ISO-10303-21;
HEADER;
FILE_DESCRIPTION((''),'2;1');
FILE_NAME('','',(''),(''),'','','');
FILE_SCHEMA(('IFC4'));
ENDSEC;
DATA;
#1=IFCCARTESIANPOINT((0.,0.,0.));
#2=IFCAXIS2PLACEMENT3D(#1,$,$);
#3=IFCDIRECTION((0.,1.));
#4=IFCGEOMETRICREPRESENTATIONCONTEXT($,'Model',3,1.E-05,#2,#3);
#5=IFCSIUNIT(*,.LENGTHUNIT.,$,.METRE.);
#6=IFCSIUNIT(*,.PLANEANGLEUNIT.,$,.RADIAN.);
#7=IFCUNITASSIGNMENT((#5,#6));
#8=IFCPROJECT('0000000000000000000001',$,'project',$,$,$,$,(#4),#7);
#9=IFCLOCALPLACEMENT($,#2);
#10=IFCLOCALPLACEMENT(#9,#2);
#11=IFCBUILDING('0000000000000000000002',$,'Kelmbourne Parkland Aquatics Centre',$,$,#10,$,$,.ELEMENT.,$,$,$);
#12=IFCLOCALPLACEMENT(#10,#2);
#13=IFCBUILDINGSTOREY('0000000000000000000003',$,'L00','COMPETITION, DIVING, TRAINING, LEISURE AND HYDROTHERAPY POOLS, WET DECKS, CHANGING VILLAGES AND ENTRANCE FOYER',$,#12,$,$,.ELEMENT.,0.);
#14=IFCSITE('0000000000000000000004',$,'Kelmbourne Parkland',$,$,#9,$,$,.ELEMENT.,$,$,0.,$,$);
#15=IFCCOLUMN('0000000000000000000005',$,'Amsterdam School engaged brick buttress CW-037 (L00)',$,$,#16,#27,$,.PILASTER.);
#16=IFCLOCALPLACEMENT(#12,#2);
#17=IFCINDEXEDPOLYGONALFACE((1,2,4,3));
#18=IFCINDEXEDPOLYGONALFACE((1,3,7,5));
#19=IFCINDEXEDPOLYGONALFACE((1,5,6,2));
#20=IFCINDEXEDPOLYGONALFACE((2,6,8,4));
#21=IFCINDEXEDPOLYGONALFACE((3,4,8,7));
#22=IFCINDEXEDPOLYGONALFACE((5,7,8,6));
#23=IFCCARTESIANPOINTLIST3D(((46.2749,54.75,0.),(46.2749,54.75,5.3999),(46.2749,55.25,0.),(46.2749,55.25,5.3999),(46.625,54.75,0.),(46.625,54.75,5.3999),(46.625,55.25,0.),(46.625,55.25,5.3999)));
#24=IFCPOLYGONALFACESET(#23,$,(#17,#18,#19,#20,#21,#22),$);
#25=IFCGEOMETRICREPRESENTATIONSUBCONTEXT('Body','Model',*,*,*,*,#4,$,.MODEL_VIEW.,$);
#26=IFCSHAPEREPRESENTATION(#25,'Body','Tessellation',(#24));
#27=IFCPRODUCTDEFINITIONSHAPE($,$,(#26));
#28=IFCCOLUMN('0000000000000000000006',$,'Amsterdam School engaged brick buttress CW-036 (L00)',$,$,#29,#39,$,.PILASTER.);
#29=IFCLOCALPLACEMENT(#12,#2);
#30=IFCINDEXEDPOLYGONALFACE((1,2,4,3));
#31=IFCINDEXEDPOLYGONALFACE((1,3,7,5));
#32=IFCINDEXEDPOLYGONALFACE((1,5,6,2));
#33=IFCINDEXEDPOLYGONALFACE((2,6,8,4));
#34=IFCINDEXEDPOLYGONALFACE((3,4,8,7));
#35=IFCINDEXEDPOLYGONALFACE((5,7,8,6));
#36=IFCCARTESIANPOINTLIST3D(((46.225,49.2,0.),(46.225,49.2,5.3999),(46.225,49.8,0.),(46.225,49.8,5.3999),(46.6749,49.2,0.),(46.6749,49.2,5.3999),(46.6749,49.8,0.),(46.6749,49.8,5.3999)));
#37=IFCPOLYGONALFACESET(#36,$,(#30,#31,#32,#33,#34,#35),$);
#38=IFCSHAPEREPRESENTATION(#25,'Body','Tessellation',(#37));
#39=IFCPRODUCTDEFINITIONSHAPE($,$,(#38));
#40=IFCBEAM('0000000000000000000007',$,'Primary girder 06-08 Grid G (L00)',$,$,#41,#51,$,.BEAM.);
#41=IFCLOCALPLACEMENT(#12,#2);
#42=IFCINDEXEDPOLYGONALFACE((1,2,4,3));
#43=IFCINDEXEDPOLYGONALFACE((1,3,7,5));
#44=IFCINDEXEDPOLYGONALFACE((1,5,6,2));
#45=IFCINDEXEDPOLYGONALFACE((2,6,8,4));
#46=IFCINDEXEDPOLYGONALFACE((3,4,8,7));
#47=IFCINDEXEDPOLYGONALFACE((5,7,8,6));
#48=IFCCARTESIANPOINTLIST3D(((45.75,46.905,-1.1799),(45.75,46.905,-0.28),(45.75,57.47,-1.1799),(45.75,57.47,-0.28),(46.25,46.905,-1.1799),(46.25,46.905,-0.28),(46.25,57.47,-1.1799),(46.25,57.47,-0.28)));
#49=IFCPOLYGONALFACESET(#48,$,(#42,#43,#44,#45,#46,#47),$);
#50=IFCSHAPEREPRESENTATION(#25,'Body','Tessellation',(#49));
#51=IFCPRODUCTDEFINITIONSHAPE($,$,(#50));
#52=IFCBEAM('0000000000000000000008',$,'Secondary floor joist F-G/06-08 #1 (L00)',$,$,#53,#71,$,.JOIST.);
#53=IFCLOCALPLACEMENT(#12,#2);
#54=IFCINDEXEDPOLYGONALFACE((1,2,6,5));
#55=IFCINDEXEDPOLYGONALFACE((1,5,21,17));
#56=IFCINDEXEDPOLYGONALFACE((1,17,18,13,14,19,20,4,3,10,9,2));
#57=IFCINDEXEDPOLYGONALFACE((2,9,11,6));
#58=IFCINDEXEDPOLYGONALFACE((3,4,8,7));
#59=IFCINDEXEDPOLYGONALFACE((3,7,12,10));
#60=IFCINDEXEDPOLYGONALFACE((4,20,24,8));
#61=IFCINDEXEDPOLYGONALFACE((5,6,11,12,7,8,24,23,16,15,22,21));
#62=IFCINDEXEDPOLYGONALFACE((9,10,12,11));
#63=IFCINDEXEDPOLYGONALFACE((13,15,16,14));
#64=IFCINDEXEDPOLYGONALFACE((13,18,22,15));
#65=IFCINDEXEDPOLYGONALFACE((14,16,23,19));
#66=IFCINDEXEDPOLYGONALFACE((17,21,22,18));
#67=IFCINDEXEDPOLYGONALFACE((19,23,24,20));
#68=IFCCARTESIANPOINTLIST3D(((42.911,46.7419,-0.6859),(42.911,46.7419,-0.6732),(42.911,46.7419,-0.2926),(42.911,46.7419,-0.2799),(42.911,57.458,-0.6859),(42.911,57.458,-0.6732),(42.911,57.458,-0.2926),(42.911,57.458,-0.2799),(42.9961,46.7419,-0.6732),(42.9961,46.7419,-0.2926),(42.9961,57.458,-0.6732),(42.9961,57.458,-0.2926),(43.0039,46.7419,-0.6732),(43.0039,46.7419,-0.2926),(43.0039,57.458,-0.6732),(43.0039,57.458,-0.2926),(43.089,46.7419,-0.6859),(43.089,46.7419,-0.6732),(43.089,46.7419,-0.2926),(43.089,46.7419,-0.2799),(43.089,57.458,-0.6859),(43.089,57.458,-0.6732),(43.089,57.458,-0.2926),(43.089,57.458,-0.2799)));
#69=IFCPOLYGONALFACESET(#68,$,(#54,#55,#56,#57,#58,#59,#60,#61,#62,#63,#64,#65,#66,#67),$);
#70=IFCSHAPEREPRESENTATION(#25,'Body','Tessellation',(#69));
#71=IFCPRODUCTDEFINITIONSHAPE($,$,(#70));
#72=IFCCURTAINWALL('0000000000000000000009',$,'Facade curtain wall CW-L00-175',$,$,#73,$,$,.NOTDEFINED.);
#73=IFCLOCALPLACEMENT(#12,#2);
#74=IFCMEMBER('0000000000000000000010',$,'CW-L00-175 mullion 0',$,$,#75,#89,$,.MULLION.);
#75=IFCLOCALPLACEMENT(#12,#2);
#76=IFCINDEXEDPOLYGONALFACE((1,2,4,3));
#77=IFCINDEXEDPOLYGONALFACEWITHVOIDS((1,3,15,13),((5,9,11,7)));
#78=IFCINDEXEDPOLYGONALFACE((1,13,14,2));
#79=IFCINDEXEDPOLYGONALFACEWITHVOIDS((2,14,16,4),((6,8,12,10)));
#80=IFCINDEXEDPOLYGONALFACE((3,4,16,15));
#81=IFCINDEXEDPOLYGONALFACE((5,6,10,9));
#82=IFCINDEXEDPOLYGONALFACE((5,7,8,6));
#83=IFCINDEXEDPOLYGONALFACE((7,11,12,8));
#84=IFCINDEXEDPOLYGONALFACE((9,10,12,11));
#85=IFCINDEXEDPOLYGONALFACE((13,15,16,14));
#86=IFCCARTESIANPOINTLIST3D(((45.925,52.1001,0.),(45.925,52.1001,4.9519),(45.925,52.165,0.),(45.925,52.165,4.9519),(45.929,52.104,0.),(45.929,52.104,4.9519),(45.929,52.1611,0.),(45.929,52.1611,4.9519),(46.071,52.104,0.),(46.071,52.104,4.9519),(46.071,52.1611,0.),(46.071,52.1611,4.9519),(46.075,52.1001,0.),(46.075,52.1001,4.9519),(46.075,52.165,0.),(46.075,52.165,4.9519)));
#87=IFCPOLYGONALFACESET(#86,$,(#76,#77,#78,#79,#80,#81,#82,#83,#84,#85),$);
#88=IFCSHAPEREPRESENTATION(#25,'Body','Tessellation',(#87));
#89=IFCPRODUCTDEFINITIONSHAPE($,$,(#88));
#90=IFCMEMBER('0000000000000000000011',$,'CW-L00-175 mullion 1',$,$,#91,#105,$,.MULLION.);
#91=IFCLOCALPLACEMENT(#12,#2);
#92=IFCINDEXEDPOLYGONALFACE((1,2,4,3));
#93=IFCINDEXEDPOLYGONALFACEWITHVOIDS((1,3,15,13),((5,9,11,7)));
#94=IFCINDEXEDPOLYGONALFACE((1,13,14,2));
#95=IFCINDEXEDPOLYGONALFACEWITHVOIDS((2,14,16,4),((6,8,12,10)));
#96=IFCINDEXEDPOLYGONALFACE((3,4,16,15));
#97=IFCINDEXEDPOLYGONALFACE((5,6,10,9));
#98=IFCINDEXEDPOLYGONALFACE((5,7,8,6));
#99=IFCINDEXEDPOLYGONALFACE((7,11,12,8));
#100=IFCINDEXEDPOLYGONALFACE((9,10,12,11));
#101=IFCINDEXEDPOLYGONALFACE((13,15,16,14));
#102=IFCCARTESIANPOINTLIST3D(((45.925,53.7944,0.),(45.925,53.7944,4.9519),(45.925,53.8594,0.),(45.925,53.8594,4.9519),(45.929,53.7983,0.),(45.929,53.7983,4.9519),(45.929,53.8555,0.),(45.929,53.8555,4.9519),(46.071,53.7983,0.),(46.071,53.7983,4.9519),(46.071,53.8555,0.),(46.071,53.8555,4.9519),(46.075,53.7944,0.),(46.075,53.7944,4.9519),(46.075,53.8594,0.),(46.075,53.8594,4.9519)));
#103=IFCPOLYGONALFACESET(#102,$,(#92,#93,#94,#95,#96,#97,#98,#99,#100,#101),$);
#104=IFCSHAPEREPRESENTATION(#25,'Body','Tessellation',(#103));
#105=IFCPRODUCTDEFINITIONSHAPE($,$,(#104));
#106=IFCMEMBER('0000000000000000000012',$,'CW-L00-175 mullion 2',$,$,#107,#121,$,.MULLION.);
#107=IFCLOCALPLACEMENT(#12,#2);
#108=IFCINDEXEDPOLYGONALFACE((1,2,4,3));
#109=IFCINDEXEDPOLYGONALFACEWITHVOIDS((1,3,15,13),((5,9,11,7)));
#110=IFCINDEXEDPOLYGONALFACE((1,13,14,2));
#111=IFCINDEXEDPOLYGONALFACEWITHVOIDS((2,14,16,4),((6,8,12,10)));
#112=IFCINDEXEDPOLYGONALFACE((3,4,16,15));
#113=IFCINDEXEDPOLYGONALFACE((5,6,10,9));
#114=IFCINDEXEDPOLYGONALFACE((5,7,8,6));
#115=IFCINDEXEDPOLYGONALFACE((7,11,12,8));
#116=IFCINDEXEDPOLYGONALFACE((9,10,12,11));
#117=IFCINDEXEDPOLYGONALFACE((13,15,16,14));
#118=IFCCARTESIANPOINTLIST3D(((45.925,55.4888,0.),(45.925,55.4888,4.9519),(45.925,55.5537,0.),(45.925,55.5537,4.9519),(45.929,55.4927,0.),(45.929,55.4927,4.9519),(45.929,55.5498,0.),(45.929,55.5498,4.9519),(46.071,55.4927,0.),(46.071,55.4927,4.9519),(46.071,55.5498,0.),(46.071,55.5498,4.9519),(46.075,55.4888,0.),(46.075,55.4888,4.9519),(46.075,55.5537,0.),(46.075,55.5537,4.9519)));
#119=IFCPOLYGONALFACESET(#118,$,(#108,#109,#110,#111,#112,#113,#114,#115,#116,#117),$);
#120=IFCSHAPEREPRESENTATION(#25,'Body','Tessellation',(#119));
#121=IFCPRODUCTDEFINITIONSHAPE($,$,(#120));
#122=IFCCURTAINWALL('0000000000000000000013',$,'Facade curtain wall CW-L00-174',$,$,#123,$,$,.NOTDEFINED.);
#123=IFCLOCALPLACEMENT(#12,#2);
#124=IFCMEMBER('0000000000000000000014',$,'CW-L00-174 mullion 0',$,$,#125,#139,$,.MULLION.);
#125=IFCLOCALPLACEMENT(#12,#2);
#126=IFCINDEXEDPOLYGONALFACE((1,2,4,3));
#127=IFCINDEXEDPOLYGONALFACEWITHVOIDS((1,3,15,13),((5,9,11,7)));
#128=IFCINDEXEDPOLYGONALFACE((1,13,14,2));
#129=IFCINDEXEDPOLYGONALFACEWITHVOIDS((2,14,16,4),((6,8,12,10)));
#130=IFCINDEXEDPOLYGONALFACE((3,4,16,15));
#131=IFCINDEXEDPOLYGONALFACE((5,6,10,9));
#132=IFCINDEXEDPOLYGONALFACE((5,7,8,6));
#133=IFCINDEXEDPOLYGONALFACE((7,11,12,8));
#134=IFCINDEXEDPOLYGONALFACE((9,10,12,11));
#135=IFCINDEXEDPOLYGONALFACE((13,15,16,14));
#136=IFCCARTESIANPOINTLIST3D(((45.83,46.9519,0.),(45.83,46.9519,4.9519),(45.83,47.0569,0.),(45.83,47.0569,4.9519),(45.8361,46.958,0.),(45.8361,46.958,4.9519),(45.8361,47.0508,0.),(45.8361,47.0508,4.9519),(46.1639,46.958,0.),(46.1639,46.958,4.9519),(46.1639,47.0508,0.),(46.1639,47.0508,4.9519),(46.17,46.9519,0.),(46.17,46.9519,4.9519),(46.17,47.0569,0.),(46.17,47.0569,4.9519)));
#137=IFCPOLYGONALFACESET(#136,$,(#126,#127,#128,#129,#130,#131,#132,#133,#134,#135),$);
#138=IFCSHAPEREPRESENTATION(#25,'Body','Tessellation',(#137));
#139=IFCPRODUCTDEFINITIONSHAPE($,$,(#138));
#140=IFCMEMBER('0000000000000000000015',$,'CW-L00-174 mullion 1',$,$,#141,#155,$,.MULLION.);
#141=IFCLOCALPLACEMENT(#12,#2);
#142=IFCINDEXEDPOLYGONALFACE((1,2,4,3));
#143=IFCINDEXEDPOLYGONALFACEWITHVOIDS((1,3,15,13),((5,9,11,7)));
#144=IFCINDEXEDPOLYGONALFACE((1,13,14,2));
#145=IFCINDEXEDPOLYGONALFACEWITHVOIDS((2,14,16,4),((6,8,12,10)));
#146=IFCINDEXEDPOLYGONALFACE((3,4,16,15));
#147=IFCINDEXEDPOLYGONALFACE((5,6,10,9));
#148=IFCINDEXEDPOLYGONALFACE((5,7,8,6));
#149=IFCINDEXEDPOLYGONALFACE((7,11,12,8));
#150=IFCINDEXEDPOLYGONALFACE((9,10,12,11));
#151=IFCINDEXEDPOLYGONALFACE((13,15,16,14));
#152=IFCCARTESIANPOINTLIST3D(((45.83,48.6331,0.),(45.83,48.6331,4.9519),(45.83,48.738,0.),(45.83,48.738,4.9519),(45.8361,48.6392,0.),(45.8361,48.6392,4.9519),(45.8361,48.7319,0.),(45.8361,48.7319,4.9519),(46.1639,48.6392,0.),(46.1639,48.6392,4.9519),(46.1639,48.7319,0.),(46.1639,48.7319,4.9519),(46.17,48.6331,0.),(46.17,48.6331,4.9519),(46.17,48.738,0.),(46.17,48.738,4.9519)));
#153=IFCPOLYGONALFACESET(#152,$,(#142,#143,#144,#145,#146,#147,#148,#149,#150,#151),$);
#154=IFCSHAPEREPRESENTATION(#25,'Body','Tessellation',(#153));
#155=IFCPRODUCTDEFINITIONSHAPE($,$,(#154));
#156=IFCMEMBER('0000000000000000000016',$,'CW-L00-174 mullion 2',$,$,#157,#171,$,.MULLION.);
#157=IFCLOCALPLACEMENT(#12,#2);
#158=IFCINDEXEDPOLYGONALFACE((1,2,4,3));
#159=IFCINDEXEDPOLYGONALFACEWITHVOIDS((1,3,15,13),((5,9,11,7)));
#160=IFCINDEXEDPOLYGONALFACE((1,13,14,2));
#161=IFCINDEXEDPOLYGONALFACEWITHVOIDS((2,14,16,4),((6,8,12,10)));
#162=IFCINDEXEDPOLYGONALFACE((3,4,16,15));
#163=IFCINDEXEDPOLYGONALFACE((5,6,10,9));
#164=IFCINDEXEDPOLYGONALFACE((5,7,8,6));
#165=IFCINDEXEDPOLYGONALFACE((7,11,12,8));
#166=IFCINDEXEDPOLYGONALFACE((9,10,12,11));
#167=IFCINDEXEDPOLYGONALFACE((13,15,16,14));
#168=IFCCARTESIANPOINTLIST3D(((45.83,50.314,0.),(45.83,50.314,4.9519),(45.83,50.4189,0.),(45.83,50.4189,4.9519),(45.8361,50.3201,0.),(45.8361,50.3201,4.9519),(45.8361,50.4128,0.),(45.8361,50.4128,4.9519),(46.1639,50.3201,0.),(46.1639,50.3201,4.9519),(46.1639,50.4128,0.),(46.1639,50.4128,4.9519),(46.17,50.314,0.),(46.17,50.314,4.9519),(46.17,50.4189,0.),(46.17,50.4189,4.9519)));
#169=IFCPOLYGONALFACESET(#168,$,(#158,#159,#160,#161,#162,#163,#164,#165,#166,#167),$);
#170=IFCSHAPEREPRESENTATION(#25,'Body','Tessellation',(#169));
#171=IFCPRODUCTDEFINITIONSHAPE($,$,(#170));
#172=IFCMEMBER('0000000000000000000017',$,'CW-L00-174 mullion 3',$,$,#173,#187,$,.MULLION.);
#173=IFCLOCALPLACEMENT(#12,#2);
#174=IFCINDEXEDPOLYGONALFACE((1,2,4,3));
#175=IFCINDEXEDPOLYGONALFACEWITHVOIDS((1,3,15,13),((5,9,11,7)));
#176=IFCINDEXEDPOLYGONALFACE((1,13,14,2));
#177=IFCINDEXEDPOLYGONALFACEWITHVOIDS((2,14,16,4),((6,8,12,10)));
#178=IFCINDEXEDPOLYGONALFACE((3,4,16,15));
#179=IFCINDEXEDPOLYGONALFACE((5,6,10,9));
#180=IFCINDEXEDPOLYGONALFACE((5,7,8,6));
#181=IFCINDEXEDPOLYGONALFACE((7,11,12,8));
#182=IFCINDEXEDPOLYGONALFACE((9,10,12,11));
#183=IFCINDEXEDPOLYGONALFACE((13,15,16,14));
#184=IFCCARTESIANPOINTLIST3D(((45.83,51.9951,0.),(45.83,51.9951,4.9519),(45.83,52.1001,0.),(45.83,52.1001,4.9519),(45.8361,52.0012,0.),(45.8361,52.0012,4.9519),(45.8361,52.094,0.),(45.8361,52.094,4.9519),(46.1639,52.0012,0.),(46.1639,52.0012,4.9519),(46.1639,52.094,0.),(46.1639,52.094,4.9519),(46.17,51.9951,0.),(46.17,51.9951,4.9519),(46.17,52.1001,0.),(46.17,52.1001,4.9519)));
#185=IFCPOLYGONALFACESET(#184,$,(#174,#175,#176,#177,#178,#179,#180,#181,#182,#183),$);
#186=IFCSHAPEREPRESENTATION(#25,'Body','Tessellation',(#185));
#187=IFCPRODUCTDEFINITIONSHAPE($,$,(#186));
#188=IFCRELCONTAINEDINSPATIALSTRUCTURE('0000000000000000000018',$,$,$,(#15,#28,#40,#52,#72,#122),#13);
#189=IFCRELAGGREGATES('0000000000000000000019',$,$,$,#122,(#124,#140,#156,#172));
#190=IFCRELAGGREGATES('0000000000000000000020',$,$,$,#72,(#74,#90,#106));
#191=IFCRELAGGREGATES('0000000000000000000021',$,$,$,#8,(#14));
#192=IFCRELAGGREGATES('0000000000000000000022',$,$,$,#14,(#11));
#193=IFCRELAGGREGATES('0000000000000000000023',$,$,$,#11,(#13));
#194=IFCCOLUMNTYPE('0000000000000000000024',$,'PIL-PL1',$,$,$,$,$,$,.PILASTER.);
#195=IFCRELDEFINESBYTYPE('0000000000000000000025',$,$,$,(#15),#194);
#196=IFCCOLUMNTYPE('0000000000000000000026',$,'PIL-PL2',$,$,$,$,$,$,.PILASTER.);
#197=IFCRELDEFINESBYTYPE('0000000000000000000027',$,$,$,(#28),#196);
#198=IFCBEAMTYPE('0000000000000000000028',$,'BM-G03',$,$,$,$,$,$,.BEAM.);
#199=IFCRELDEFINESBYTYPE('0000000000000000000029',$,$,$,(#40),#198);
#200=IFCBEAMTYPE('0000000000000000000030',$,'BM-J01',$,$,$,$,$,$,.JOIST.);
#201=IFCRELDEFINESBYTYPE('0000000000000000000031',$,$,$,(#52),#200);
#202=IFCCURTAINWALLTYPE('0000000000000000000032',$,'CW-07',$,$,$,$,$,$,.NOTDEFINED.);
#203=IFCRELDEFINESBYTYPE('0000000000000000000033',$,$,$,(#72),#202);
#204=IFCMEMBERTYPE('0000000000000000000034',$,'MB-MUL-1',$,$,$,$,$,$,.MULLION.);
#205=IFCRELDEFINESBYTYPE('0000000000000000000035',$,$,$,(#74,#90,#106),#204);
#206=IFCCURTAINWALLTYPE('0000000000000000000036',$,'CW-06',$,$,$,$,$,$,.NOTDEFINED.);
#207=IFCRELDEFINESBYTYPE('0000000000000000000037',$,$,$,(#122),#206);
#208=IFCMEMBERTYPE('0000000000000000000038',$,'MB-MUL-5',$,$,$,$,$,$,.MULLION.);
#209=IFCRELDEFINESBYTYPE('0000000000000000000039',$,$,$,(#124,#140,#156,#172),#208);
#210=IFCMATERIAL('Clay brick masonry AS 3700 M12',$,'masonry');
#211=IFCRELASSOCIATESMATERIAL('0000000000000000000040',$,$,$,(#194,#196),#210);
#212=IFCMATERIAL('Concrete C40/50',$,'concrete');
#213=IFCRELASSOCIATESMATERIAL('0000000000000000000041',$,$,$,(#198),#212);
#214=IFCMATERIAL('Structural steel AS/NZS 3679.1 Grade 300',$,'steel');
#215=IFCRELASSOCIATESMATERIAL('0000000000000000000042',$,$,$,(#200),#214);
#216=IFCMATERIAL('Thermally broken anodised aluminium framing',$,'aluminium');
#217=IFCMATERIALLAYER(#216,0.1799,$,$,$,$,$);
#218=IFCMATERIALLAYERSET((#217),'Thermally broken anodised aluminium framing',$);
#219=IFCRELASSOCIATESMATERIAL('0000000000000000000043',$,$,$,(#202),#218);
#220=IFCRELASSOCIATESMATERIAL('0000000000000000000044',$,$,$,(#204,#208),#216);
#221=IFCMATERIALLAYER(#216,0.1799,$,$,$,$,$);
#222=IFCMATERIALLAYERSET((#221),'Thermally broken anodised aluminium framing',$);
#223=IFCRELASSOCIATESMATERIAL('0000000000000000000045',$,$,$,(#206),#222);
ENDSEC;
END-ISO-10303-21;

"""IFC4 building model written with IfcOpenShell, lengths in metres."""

from ifc_helpers import new_model, si_unit, direction, frame, origin, origin_2d, place, context, subcontext, project, spatial, rectangle, hollow_rectangle, i_section, extrude, material, layer, layer_set, material_profile, profile_set, type_object, element, aggregate, save


model = new_model("IFC4")

# Units and contexts
model_context = context("Model", 3, precision=1e-05, world=origin(), true_north=direction((0.0, 1.0)))
body_context = subcontext(model_context, "Body", "Model", "MODEL_VIEW")
ifc_project = project(units=[si_unit("LENGTHUNIT", "METRE"), si_unit("PLANEANGLEUNIT", "RADIAN")], contexts=[model_context])

# Site, building, storey
site_placement = place(None, origin())
site = spatial("IfcSite", under=ifc_project, at=site_placement, Name="Kelmbourne Parkland", CompositionType="ELEMENT", RefElevation=0.0)
building_placement = place(site_placement, origin())
building = spatial("IfcBuilding", under=site, at=building_placement, Name="Kelmbourne Parkland Aquatics Centre", CompositionType="ELEMENT")
storey_placement = place(building_placement, origin())
storey = spatial("IfcBuildingStorey", under=building, at=storey_placement, Name="L00", Description="COMPETITION, DIVING, TRAINING, LEISURE AND HYDROTHERAPY POOLS, WET DECKS, CHANGING VILLAGES AND ENTRANCE FOYER", CompositionType="ELEMENT", Elevation=0.0)

# Columns
ifc_material_1 = material(Name="Clay brick masonry AS 3700 M12", Category="masonry")
ifc_material_profile_1 = material_profile(ifc_material_1, rectangle(XDim=0.3501, YDim=0.5, at=origin_2d()), Name="PIL 350x500")
ifc_profile_set_1 = profile_set([ifc_material_profile_1], Name="Clay brick masonry AS 3700 M12")
column_type_1 = type_object("IfcColumnType", Name="PIL-PL1", PredefinedType="PILASTER", material=ifc_profile_set_1)
column_1_placement = place(storey_placement, frame((46.45, 55.0, 0.0), z_axis=(0.0, 0.0, 1.0), x_axis=(1.0, 0.0, 0.0)))
element("IfcColumn", 1, at=column_1_placement, inside=storey, type_object=column_type_1, Name="Amsterdam School engaged brick buttress CW-037 (L00)", PredefinedType="PILASTER", context=body_context, shape_type="SweptSolid", body=[
    extrude(rectangle(XDim=0.3501, YDim=0.5, at=origin_2d()), origin(), (0.0, 0.0, 1.0), 5.3999),
])
ifc_material_profile_2 = material_profile(ifc_material_1, rectangle(XDim=0.45, YDim=0.6001, at=origin_2d()), Name="PIL 450x600")
ifc_profile_set_2 = profile_set([ifc_material_profile_2], Name="Clay brick masonry AS 3700 M12")
column_type_2 = type_object("IfcColumnType", Name="PIL-PL2", PredefinedType="PILASTER", material=ifc_profile_set_2)
column_2_placement = place(storey_placement, frame((46.45, 49.5, 0.0), z_axis=(0.0, 0.0, 1.0), x_axis=(1.0, 0.0, 0.0)))
element("IfcColumn", 2, at=column_2_placement, inside=storey, type_object=column_type_2, Name="Amsterdam School engaged brick buttress CW-036 (L00)", PredefinedType="PILASTER", context=body_context, shape_type="SweptSolid", body=[
    extrude(rectangle(XDim=0.45, YDim=0.6001, at=origin_2d()), origin(), (0.0, 0.0, 1.0), 5.3999),
])

# Beams
ifc_material_2 = material(Name="Concrete C40/50", Category="concrete")
ifc_material_profile_3 = material_profile(ifc_material_2, rectangle(XDim=0.5, YDim=0.8999, at=origin_2d()), Name="RC 500x900")
ifc_profile_set_3 = profile_set([ifc_material_profile_3], Name="Concrete C40/50")
beam_type_1 = type_object("IfcBeamType", Name="BM-G03", PredefinedType="BEAM", material=ifc_profile_set_3)
beam_1_placement = place(storey_placement, frame((46.0, 46.905, -0.73), z_axis=(0.0, 1.0, 0.0), x_axis=(-1.0, 0.0, 0.0)))
element("IfcBeam", 3, at=beam_1_placement, inside=storey, type_object=beam_type_1, Name="Primary girder 06-08 Grid G (L00)", PredefinedType="BEAM", context=body_context, shape_type="SweptSolid", body=[
    extrude(rectangle(XDim=0.5, YDim=0.8999, at=origin_2d()), origin(), (0.0, 0.0, 1.0), 10.5649),
])
ifc_material_3 = material(Name="Structural steel AS/NZS 3679.1 Grade 300", Category="steel")
ifc_material_profile_4 = material_profile(ifc_material_3, i_section(OverallWidth=0.178, OverallDepth=0.406, WebThickness=0.0078, FlangeThickness=0.0127, at=origin_2d()), Name="410UB59.7")
ifc_profile_set_4 = profile_set([ifc_material_profile_4], Name="Structural steel AS/NZS 3679.1 Grade 300")
beam_type_2 = type_object("IfcBeamType", Name="BM-J01", PredefinedType="JOIST", material=ifc_profile_set_4)
beam_2_placement = place(storey_placement, frame((43.0, 46.7419, -0.4829), z_axis=(0.0, 1.0, 0.0), x_axis=(-1.0, 0.0, 0.0)))
element("IfcBeam", 4, at=beam_2_placement, inside=storey, type_object=beam_type_2, Name="Secondary floor joist F-G/06-08 #1 (L00)", PredefinedType="JOIST", context=body_context, shape_type="SweptSolid", body=[
    extrude(i_section(OverallWidth=0.178, OverallDepth=0.406, WebThickness=0.0078, FlangeThickness=0.0127, at=origin_2d()), origin(), (0.0, 0.0, 1.0), 10.7161),
])

# Curtain walls, members
ifc_material_4 = material(Name="Thermally broken anodised aluminium framing", Category="aluminium")
ifc_layer_1 = layer(ifc_material_4, 0.1799)
ifc_layer_set_1 = layer_set([ifc_layer_1], Name="Thermally broken anodised aluminium framing")
curtain_wall_type_1 = type_object("IfcCurtainWallType", Name="CW-07", PredefinedType="NOTDEFINED", material=ifc_layer_set_1)
curtain_wall_1_placement = place(storey_placement, origin())
curtain_wall_1 = element("IfcCurtainWall", 5, at=curtain_wall_1_placement, inside=storey, type_object=curtain_wall_type_1, Name="Facade curtain wall CW-L00-175", PredefinedType="NOTDEFINED")
ifc_material_profile_5 = material_profile(ifc_material_4, hollow_rectangle(XDim=0.0649, YDim=0.1499, WallThickness=0.0039, at=origin_2d()), Name="CW-M 65x150")
ifc_profile_set_5 = profile_set([ifc_material_profile_5], Name="Thermally broken anodised aluminium framing")
member_type_1 = type_object("IfcMemberType", Name="MB-MUL-1", PredefinedType="MULLION", material=ifc_profile_set_5)
member_1_placement = place(storey_placement, frame((46.0, 52.1326, 0.0), z_axis=(0.0, 0.0, 1.0), x_axis=(0.0, 1.0, 0.0)))
member_1 = element("IfcMember", 6, at=member_1_placement, type_object=member_type_1, Name="CW-L00-175 mullion 0", PredefinedType="MULLION", context=body_context, shape_type="SweptSolid", body=[
    extrude(hollow_rectangle(XDim=0.0649, YDim=0.1499, WallThickness=0.0039, at=origin_2d()), origin(), (0.0, 0.0, 1.0), 4.9519),
])
member_2_placement = place(storey_placement, frame((46.0, 53.8269, 0.0), z_axis=(0.0, 0.0, 1.0), x_axis=(0.0, 1.0, 0.0)))
member_2 = element("IfcMember", 7, at=member_2_placement, type_object=member_type_1, Name="CW-L00-175 mullion 1", PredefinedType="MULLION", context=body_context, shape_type="SweptSolid", body=[
    extrude(hollow_rectangle(XDim=0.0649, YDim=0.1499, WallThickness=0.0039, at=origin_2d()), origin(), (0.0, 0.0, 1.0), 4.9519),
])
member_3_placement = place(storey_placement, frame((46.0, 55.5212, 0.0), z_axis=(0.0, 0.0, 1.0), x_axis=(0.0, 1.0, 0.0)))
member_3 = element("IfcMember", 8, at=member_3_placement, type_object=member_type_1, Name="CW-L00-175 mullion 2", PredefinedType="MULLION", context=body_context, shape_type="SweptSolid", body=[
    extrude(hollow_rectangle(XDim=0.0649, YDim=0.1499, WallThickness=0.0039, at=origin_2d()), origin(), (0.0, 0.0, 1.0), 4.9519),
])
ifc_layer_2 = layer(ifc_material_4, 0.1799)
ifc_layer_set_2 = layer_set([ifc_layer_2], Name="Thermally broken anodised aluminium framing")
curtain_wall_type_2 = type_object("IfcCurtainWallType", Name="CW-06", PredefinedType="NOTDEFINED", material=ifc_layer_set_2)
curtain_wall_2_placement = place(storey_placement, origin())
curtain_wall_2 = element("IfcCurtainWall", 9, at=curtain_wall_2_placement, inside=storey, type_object=curtain_wall_type_2, Name="Facade curtain wall CW-L00-174", PredefinedType="NOTDEFINED")
ifc_material_profile_6 = material_profile(ifc_material_4, hollow_rectangle(XDim=0.105, YDim=0.3401, WallThickness=0.0061, at=origin_2d()), Name="CW-M 105x340")
ifc_profile_set_6 = profile_set([ifc_material_profile_6], Name="Thermally broken anodised aluminium framing")
member_type_2 = type_object("IfcMemberType", Name="MB-MUL-5", PredefinedType="MULLION", material=ifc_profile_set_6)
member_4_placement = place(storey_placement, frame((46.0, 47.0044, 0.0), z_axis=(0.0, 0.0, 1.0), x_axis=(0.0, 1.0, 0.0)))
member_4 = element("IfcMember", 10, at=member_4_placement, type_object=member_type_2, Name="CW-L00-174 mullion 0", PredefinedType="MULLION", context=body_context, shape_type="SweptSolid", body=[
    extrude(hollow_rectangle(XDim=0.105, YDim=0.3401, WallThickness=0.0061, at=origin_2d()), origin(), (0.0, 0.0, 1.0), 4.9519),
])
member_5_placement = place(storey_placement, frame((46.0, 48.6855, 0.0), z_axis=(0.0, 0.0, 1.0), x_axis=(0.0, 1.0, 0.0)))
member_5 = element("IfcMember", 11, at=member_5_placement, type_object=member_type_2, Name="CW-L00-174 mullion 1", PredefinedType="MULLION", context=body_context, shape_type="SweptSolid", body=[
    extrude(hollow_rectangle(XDim=0.105, YDim=0.3401, WallThickness=0.0061, at=origin_2d()), origin(), (0.0, 0.0, 1.0), 4.9519),
])
member_6_placement = place(storey_placement, frame((46.0, 50.3665, 0.0), z_axis=(0.0, 0.0, 1.0), x_axis=(0.0, 1.0, 0.0)))
member_6 = element("IfcMember", 12, at=member_6_placement, type_object=member_type_2, Name="CW-L00-174 mullion 2", PredefinedType="MULLION", context=body_context, shape_type="SweptSolid", body=[
    extrude(hollow_rectangle(XDim=0.105, YDim=0.3401, WallThickness=0.0061, at=origin_2d()), origin(), (0.0, 0.0, 1.0), 4.9519),
])
member_7_placement = place(storey_placement, frame((46.0, 52.0476, 0.0), z_axis=(0.0, 0.0, 1.0), x_axis=(0.0, 1.0, 0.0)))
member_7 = element("IfcMember", 13, at=member_7_placement, type_object=member_type_2, Name="CW-L00-174 mullion 3", PredefinedType="MULLION", context=body_context, shape_type="SweptSolid", body=[
    extrude(hollow_rectangle(XDim=0.105, YDim=0.3401, WallThickness=0.0061, at=origin_2d()), origin(), (0.0, 0.0, 1.0), 4.9519),
])

aggregate(curtain_wall_2, [member_4, member_5, member_6, member_7])
aggregate(curtain_wall_1, [member_1, member_2, member_3])

save(model, "model.ifc")
